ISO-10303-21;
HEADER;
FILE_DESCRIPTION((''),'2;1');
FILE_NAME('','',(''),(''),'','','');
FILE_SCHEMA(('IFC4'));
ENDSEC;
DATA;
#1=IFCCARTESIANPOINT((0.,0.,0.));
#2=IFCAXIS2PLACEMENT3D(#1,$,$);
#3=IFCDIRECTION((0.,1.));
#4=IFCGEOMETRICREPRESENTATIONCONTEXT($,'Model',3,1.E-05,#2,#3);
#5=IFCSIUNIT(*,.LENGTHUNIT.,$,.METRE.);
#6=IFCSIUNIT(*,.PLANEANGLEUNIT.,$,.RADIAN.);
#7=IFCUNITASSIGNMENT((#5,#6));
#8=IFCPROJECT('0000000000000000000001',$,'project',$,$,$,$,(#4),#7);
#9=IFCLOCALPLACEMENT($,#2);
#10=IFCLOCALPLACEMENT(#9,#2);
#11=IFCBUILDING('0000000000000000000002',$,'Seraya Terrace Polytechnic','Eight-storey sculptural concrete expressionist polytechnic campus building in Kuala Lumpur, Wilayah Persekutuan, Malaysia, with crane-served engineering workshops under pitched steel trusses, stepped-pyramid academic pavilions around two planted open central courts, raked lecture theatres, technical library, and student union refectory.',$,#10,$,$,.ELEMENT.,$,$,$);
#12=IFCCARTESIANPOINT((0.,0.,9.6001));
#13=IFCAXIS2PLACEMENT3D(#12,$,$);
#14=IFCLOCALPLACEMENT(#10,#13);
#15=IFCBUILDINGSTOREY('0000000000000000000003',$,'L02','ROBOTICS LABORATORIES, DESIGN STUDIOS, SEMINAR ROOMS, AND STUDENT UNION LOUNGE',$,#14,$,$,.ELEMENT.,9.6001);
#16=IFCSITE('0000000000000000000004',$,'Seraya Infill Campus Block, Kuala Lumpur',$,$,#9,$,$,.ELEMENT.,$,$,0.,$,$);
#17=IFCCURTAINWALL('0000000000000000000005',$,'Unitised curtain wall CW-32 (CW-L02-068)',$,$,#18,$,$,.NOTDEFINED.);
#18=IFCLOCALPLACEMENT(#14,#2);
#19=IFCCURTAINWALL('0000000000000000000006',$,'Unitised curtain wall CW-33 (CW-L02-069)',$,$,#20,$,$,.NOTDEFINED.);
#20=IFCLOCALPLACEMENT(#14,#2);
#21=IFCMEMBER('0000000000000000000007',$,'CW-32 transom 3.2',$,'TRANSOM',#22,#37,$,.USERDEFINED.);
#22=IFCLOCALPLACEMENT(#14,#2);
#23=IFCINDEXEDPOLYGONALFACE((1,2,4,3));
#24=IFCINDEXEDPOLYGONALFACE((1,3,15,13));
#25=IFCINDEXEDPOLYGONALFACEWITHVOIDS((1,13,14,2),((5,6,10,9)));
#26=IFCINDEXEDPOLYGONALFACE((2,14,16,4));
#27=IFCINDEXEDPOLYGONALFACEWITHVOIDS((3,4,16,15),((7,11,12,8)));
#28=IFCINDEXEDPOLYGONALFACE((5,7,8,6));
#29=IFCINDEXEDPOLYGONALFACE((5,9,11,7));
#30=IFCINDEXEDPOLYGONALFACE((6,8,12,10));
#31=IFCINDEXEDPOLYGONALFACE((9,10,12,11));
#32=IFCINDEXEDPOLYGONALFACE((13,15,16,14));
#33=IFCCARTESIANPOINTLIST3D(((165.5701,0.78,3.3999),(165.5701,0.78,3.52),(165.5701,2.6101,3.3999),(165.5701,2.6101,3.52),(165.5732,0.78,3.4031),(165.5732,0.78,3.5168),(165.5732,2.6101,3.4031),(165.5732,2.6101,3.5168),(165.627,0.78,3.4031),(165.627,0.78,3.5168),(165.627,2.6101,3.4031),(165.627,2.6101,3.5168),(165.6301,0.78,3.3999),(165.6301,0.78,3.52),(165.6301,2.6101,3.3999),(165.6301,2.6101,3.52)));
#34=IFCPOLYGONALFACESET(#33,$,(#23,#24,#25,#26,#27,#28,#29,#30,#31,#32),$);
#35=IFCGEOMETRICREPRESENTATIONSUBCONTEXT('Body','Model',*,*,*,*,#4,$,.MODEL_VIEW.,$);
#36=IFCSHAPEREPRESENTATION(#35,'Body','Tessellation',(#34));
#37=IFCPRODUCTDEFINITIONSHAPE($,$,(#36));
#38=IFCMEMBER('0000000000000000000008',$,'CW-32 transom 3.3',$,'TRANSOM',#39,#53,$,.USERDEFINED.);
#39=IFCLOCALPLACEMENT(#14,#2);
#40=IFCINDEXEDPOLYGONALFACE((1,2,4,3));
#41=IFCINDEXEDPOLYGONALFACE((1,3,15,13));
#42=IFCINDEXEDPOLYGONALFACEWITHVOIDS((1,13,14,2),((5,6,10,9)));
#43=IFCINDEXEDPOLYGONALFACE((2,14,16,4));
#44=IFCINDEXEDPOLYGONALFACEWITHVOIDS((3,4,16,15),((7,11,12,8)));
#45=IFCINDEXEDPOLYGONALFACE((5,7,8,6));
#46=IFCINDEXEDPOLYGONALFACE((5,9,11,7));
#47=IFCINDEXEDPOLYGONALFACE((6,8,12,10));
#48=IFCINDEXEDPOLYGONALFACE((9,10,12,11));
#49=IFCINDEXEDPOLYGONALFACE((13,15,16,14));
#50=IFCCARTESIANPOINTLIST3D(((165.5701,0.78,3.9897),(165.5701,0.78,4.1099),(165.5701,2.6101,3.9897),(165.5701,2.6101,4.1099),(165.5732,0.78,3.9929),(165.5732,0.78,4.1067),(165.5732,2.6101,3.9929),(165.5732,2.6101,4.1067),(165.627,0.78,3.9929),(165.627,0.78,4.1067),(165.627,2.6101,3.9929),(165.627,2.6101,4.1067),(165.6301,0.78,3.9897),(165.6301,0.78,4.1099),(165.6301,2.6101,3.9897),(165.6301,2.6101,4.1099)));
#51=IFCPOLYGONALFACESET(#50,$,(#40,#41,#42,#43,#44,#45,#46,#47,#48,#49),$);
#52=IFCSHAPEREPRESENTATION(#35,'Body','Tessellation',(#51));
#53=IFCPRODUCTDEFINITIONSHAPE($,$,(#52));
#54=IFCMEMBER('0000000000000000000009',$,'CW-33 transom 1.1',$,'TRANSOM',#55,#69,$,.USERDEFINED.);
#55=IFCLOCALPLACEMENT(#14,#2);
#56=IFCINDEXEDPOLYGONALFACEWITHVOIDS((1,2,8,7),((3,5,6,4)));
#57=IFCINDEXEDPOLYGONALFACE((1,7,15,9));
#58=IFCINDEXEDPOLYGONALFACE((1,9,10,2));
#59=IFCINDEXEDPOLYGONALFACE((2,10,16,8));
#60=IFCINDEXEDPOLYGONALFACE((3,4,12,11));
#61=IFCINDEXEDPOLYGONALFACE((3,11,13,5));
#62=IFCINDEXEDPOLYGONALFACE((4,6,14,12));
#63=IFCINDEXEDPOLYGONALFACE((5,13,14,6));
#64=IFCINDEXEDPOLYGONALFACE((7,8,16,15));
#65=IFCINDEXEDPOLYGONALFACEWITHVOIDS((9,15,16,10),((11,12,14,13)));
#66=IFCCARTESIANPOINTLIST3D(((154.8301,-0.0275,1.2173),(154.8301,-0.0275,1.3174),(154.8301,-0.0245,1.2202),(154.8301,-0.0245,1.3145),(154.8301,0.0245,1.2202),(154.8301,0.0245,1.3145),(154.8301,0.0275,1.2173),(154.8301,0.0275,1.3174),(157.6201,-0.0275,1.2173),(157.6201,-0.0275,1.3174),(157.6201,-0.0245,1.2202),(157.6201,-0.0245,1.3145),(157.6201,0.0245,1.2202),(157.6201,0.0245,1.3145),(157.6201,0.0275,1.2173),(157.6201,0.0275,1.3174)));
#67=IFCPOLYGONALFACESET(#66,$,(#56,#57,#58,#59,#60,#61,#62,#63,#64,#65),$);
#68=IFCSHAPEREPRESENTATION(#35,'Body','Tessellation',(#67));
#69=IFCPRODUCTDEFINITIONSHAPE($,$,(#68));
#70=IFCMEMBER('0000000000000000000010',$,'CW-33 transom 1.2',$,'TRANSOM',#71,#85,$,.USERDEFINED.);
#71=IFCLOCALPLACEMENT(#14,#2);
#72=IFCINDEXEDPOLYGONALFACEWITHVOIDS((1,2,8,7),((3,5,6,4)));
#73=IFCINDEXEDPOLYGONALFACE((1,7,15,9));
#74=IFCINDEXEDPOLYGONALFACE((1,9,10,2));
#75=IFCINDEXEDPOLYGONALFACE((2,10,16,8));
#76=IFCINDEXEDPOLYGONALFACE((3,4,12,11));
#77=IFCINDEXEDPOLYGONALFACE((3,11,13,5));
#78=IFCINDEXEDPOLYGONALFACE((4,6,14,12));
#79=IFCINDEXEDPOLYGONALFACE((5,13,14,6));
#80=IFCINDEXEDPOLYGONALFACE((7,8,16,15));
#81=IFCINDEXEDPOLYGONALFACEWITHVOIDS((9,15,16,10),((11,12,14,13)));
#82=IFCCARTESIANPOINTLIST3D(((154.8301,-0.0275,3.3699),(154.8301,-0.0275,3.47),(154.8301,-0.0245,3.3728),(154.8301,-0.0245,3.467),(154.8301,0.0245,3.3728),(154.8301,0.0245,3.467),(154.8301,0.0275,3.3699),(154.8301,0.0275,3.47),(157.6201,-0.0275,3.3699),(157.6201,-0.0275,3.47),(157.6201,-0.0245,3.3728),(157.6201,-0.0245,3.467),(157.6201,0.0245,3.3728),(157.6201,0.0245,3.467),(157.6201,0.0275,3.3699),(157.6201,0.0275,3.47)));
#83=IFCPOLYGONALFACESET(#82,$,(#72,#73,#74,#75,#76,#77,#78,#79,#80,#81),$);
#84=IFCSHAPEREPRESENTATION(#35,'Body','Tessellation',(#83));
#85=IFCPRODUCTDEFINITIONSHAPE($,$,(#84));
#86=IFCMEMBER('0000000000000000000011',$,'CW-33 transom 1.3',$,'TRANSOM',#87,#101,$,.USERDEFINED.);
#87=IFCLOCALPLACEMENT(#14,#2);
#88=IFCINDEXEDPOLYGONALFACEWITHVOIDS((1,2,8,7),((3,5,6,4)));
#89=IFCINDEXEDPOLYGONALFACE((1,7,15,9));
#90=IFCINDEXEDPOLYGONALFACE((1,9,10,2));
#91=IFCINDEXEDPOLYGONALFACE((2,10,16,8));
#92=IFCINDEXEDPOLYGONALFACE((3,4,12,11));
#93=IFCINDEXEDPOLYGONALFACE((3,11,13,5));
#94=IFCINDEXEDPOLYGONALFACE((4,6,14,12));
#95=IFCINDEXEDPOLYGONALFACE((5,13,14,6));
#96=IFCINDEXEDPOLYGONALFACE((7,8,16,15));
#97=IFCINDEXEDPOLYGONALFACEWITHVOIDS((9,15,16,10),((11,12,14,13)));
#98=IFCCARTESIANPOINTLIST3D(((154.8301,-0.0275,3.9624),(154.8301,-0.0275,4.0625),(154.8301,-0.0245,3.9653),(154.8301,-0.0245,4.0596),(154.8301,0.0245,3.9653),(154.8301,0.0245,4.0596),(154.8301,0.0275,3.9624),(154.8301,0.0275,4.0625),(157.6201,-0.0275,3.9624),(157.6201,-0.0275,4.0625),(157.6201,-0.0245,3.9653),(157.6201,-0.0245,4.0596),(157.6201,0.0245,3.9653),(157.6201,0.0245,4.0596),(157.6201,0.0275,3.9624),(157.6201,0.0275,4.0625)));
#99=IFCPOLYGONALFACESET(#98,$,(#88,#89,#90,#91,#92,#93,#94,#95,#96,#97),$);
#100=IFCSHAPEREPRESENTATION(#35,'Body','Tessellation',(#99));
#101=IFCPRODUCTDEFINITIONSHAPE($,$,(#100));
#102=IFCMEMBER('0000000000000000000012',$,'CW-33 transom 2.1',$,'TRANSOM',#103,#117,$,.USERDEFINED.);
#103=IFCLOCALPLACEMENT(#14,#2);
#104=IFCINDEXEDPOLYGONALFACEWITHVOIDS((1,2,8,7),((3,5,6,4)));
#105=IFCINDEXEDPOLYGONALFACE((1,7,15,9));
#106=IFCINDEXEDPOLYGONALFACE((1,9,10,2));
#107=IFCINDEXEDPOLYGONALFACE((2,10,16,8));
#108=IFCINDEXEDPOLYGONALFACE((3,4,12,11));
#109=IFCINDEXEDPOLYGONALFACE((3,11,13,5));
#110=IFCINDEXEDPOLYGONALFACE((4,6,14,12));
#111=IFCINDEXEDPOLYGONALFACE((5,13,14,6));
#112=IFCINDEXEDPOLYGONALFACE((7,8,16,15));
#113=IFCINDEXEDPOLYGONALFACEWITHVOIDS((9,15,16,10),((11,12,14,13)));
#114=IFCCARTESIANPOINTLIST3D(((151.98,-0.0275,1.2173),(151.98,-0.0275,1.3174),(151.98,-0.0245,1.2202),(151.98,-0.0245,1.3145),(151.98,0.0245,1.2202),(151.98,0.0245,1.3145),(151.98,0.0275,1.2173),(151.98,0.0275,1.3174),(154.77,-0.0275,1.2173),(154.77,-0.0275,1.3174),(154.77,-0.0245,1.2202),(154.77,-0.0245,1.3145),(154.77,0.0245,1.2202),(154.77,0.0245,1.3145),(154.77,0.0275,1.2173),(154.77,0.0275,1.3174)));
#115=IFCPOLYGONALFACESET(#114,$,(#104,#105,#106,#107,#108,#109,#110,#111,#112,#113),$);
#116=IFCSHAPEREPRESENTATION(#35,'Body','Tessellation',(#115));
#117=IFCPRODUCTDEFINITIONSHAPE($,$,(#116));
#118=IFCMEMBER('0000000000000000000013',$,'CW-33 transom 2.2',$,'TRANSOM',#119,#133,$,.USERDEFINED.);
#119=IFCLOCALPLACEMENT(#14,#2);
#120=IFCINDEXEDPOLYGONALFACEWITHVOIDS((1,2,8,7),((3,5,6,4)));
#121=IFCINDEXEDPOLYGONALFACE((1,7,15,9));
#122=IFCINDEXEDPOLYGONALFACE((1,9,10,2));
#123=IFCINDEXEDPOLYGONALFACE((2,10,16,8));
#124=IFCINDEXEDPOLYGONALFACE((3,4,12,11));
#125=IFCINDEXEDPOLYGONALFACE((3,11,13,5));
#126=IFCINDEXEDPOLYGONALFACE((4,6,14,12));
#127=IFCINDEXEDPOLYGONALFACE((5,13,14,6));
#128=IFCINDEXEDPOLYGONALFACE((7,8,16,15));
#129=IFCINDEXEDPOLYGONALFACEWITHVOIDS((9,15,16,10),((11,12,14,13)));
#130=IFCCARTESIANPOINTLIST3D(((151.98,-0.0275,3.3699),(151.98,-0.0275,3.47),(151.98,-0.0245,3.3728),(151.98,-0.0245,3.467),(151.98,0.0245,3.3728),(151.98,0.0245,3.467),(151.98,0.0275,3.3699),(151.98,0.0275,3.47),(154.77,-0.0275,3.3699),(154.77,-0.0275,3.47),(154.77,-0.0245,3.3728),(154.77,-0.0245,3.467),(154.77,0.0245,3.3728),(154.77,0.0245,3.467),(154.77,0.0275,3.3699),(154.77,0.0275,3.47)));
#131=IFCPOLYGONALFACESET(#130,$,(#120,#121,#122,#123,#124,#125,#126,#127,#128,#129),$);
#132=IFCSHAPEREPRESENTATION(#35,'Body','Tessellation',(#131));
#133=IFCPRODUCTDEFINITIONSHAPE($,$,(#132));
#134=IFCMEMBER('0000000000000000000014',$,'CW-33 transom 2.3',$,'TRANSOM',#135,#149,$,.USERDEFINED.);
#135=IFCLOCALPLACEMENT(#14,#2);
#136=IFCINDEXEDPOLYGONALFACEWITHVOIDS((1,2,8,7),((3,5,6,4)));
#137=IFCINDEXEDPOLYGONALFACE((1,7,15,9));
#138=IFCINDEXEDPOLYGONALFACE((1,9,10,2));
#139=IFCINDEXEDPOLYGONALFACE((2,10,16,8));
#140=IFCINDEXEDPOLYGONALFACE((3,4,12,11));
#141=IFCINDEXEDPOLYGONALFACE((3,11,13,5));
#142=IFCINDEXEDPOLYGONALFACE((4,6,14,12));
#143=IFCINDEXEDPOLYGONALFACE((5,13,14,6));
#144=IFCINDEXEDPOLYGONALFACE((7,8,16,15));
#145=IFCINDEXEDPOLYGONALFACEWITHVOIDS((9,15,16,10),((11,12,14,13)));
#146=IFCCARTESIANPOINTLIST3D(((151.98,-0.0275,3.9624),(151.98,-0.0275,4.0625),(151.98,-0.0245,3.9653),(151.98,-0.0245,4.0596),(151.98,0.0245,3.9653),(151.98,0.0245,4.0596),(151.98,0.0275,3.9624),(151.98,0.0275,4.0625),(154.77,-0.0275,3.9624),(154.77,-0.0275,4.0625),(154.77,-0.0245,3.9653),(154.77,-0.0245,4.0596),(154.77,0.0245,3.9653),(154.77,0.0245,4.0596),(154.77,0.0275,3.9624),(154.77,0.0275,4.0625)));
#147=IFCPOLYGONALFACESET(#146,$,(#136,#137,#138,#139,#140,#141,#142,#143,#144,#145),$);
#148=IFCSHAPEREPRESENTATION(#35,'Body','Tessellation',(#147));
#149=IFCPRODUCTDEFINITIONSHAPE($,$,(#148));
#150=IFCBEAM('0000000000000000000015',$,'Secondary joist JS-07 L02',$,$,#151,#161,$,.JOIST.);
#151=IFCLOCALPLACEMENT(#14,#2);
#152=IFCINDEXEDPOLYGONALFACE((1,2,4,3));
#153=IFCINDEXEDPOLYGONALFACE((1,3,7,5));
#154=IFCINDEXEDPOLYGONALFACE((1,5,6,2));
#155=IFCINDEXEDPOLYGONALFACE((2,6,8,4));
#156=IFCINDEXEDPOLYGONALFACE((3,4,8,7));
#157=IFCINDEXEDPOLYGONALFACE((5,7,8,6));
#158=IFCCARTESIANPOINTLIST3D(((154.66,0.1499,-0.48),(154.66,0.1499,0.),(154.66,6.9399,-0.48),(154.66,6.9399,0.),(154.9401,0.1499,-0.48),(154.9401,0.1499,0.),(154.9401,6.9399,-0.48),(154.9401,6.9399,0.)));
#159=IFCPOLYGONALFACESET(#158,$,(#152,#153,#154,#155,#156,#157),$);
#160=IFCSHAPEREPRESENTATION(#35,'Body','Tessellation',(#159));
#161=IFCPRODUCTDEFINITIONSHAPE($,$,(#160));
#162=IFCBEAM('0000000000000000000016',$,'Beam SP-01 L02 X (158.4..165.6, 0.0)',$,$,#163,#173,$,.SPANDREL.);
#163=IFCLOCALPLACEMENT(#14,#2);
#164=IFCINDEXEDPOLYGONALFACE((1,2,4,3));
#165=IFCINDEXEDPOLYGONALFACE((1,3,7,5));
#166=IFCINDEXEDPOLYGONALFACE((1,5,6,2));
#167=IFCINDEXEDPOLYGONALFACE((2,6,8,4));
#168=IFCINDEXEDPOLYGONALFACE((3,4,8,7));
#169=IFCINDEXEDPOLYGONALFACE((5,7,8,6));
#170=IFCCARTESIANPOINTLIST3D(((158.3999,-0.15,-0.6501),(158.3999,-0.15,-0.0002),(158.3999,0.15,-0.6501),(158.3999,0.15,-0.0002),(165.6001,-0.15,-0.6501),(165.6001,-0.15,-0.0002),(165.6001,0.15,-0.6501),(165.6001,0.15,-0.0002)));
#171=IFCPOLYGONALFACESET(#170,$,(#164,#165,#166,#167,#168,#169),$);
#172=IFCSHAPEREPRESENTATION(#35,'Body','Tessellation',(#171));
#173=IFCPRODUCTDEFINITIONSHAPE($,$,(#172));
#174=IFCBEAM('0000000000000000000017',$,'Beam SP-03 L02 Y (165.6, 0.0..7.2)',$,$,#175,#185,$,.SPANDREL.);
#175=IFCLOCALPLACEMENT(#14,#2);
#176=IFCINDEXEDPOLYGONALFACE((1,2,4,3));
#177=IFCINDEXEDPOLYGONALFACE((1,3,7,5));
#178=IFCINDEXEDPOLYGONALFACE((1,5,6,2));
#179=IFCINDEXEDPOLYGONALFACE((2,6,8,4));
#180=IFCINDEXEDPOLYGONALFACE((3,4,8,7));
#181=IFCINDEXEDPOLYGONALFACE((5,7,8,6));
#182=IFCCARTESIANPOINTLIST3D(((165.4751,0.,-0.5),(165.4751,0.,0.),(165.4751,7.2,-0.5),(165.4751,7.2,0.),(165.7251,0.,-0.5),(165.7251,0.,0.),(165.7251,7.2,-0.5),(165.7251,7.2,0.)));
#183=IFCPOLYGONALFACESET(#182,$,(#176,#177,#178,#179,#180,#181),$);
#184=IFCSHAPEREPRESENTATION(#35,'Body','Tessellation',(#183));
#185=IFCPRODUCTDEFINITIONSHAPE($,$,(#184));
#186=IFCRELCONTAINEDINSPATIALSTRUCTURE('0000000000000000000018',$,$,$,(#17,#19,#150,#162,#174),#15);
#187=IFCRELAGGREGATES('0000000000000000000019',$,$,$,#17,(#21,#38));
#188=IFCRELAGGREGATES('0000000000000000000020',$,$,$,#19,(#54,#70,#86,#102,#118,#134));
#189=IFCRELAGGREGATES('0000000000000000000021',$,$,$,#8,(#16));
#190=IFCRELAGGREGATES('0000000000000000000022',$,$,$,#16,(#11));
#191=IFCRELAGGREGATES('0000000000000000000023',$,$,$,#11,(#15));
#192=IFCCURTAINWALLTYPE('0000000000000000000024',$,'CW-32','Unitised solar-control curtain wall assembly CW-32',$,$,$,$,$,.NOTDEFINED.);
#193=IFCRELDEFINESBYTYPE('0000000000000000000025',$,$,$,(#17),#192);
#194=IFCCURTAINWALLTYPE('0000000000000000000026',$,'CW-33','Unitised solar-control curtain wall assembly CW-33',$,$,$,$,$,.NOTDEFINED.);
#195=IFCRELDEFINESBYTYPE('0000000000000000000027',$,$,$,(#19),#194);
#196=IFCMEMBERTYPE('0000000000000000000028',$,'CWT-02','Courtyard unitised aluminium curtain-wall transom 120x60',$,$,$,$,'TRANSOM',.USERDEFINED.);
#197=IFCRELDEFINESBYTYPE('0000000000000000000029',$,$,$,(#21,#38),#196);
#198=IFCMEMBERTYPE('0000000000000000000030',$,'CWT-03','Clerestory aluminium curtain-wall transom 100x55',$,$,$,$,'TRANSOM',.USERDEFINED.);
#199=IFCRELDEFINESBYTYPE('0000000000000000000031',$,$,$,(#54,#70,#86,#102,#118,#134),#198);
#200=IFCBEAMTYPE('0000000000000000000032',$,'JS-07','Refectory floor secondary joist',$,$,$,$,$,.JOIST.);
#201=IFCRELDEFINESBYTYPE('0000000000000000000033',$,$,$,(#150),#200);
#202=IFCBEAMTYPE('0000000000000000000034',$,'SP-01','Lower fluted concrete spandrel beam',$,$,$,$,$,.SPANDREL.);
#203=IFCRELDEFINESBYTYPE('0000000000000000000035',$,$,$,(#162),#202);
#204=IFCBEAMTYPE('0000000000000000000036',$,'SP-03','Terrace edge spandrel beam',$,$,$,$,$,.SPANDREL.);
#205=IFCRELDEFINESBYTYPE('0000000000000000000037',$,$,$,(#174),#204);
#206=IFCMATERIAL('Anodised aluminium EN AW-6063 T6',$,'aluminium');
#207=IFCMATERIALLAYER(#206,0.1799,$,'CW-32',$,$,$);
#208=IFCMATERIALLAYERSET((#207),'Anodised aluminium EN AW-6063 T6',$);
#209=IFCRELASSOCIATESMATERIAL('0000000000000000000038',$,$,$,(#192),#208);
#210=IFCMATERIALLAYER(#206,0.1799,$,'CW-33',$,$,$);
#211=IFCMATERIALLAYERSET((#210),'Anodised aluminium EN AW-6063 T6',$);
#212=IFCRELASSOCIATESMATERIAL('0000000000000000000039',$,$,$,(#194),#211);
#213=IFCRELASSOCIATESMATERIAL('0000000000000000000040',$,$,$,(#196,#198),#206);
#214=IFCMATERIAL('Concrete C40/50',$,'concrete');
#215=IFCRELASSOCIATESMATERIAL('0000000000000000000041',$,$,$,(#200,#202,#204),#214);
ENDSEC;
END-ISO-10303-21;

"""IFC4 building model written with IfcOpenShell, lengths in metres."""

from ifc_helpers import new_model, si_unit, direction, frame, origin, origin_2d, place, context, subcontext, project, spatial, rectangle, hollow_rectangle, extrude, material, layer, layer_set, material_profile, profile_set, type_object, element, aggregate, save


model = new_model("IFC4")

# Units and contexts
model_context = context("Model", 3, precision=1e-05, world=origin(), true_north=direction((0.0, 1.0)))
body_context = subcontext(model_context, "Body", "Model", "MODEL_VIEW")
ifc_project = project(units=[si_unit("LENGTHUNIT", "METRE"), si_unit("PLANEANGLEUNIT", "RADIAN")], contexts=[model_context])

# Site, building, storey
site_placement = place(None, origin())
site = spatial("IfcSite", under=ifc_project, at=site_placement, Name="Seraya Infill Campus Block, Kuala Lumpur", CompositionType="ELEMENT", RefElevation=0.0)
building_placement = place(site_placement, origin())
building = spatial("IfcBuilding", under=site, at=building_placement, Name="Seraya Terrace Polytechnic", Description="Eight-storey sculptural concrete expressionist polytechnic campus building in Kuala Lumpur, Wilayah Persekutuan, Malaysia, with crane-served engineering workshops under pitched steel trusses, stepped-pyramid academic pavilions around two planted open central courts, raked lecture theatres, technical library, and student union refectory.", CompositionType="ELEMENT")
storey_placement = place(building_placement, frame((0.0, 0.0, 9.6001)))
storey = spatial("IfcBuildingStorey", under=building, at=storey_placement, Name="L02", Description="ROBOTICS LABORATORIES, DESIGN STUDIOS, SEMINAR ROOMS, AND STUDENT UNION LOUNGE", CompositionType="ELEMENT", Elevation=9.6001)

# Shared definitions
ifc_material_1 = material(Name="Concrete C40/50", Category="concrete")

# Curtain walls
ifc_material_2 = material(Name="Anodised aluminium EN AW-6063 T6", Category="aluminium")
ifc_layer_1 = layer(ifc_material_2, 0.1799, Name="CW-32")
ifc_layer_set_1 = layer_set([ifc_layer_1], Name="Anodised aluminium EN AW-6063 T6")
curtain_wall_type_1 = type_object("IfcCurtainWallType", Name="CW-32", Description="Unitised solar-control curtain wall assembly CW-32", PredefinedType="NOTDEFINED", material=ifc_layer_set_1)
curtain_wall_1_placement = place(storey_placement, origin())
curtain_wall_1 = element("IfcCurtainWall", 1, at=curtain_wall_1_placement, inside=storey, type_object=curtain_wall_type_1, Name="Unitised curtain wall CW-32 (CW-L02-068)", PredefinedType="NOTDEFINED")
ifc_layer_2 = layer(ifc_material_2, 0.1799, Name="CW-33")
ifc_layer_set_2 = layer_set([ifc_layer_2], Name="Anodised aluminium EN AW-6063 T6")
curtain_wall_type_2 = type_object("IfcCurtainWallType", Name="CW-33", Description="Unitised solar-control curtain wall assembly CW-33", PredefinedType="NOTDEFINED", material=ifc_layer_set_2)
curtain_wall_2_placement = place(storey_placement, origin())
curtain_wall_2 = element("IfcCurtainWall", 2, at=curtain_wall_2_placement, inside=storey, type_object=curtain_wall_type_2, Name="Unitised curtain wall CW-33 (CW-L02-069)", PredefinedType="NOTDEFINED")

# Members
ifc_material_profile_1 = material_profile(ifc_material_2, hollow_rectangle(XDim=0.0601, YDim=0.1201, WallThickness=0.0032, at=origin_2d()), Name="RHS 120x60x3.2")
ifc_profile_set_1 = profile_set([ifc_material_profile_1], Name="Anodised aluminium EN AW-6063 T6")
member_type_1 = type_object("IfcMemberType", Name="CWT-02", Description="Courtyard unitised aluminium curtain-wall transom 120x60", ElementType="TRANSOM", PredefinedType="USERDEFINED", material=ifc_profile_set_1)
member_1_placement = place(storey_placement, frame((165.6001, 2.6101, 3.46), z_axis=(0.0, -1.0, 0.0), x_axis=(1.0, 0.0, 0.0)))
member_1 = element("IfcMember", 3, at=member_1_placement, type_object=member_type_1, Name="CW-32 transom 3.2", ObjectType="TRANSOM", PredefinedType="USERDEFINED", context=body_context, shape_type="SweptSolid", body=[
    extrude(hollow_rectangle(XDim=0.0601, YDim=0.1201, WallThickness=0.0032, at=origin_2d()), origin(), (0.0, 0.0, 1.0), 1.8301),
])
member_2_placement = place(storey_placement, frame((165.6001, 2.6101, 4.0498), z_axis=(0.0, -1.0, 0.0), x_axis=(1.0, 0.0, 0.0)))
member_2 = element("IfcMember", 4, at=member_2_placement, type_object=member_type_1, Name="CW-32 transom 3.3", ObjectType="TRANSOM", PredefinedType="USERDEFINED", context=body_context, shape_type="SweptSolid", body=[
    extrude(hollow_rectangle(XDim=0.0601, YDim=0.1201, WallThickness=0.0032, at=origin_2d()), origin(), (0.0, 0.0, 1.0), 1.8301),
])
ifc_material_profile_2 = material_profile(ifc_material_2, hollow_rectangle(XDim=0.0549, YDim=0.1001, WallThickness=0.0029, at=origin_2d()), Name="RHS 100x55x3.0")
ifc_profile_set_2 = profile_set([ifc_material_profile_2], Name="Anodised aluminium EN AW-6063 T6")
member_type_2 = type_object("IfcMemberType", Name="CWT-03", Description="Clerestory aluminium curtain-wall transom 100x55", ElementType="TRANSOM", PredefinedType="USERDEFINED", material=ifc_profile_set_2)
member_3_placement = place(storey_placement, frame((157.6201, 0.0, 1.2673), z_axis=(-1.0, 0.0, 0.0), x_axis=(0.0, -1.0, 0.0)))
member_3 = element("IfcMember", 5, at=member_3_placement, type_object=member_type_2, Name="CW-33 transom 1.1", ObjectType="TRANSOM", PredefinedType="USERDEFINED", context=body_context, shape_type="SweptSolid", body=[
    extrude(hollow_rectangle(XDim=0.0549, YDim=0.1001, WallThickness=0.0029, at=origin_2d()), origin(), (0.0, 0.0, 1.0), 2.79),
])
member_4_placement = place(storey_placement, frame((157.6201, 0.0, 3.4199), z_axis=(-1.0, 0.0, 0.0), x_axis=(0.0, -1.0, 0.0)))
member_4 = element("IfcMember", 6, at=member_4_placement, type_object=member_type_2, Name="CW-33 transom 1.2", ObjectType="TRANSOM", PredefinedType="USERDEFINED", context=body_context, shape_type="SweptSolid", body=[
    extrude(hollow_rectangle(XDim=0.0549, YDim=0.1001, WallThickness=0.0029, at=origin_2d()), origin(), (0.0, 0.0, 1.0), 2.79),
])
member_5_placement = place(storey_placement, frame((157.6201, 0.0, 4.0125), z_axis=(-1.0, 0.0, 0.0), x_axis=(0.0, -1.0, 0.0)))
member_5 = element("IfcMember", 7, at=member_5_placement, type_object=member_type_2, Name="CW-33 transom 1.3", ObjectType="TRANSOM", PredefinedType="USERDEFINED", context=body_context, shape_type="SweptSolid", body=[
    extrude(hollow_rectangle(XDim=0.0549, YDim=0.1001, WallThickness=0.0029, at=origin_2d()), origin(), (0.0, 0.0, 1.0), 2.79),
])
member_6_placement = place(storey_placement, frame((154.77, 0.0, 1.2673), z_axis=(-1.0, 0.0, 0.0), x_axis=(0.0, -1.0, 0.0)))
member_6 = element("IfcMember", 8, at=member_6_placement, type_object=member_type_2, Name="CW-33 transom 2.1", ObjectType="TRANSOM", PredefinedType="USERDEFINED", context=body_context, shape_type="SweptSolid", body=[
    extrude(hollow_rectangle(XDim=0.0549, YDim=0.1001, WallThickness=0.0029, at=origin_2d()), origin(), (0.0, 0.0, 1.0), 2.79),
])
member_7_placement = place(storey_placement, frame((154.77, 0.0, 3.4199), z_axis=(-1.0, 0.0, 0.0), x_axis=(0.0, -1.0, 0.0)))
member_7 = element("IfcMember", 9, at=member_7_placement, type_object=member_type_2, Name="CW-33 transom 2.2", ObjectType="TRANSOM", PredefinedType="USERDEFINED", context=body_context, shape_type="SweptSolid", body=[
    extrude(hollow_rectangle(XDim=0.0549, YDim=0.1001, WallThickness=0.0029, at=origin_2d()), origin(), (0.0, 0.0, 1.0), 2.79),
])
member_8_placement = place(storey_placement, frame((154.77, 0.0, 4.0125), z_axis=(-1.0, 0.0, 0.0), x_axis=(0.0, -1.0, 0.0)))
member_8 = element("IfcMember", 10, at=member_8_placement, type_object=member_type_2, Name="CW-33 transom 2.3", ObjectType="TRANSOM", PredefinedType="USERDEFINED", context=body_context, shape_type="SweptSolid", body=[
    extrude(hollow_rectangle(XDim=0.0549, YDim=0.1001, WallThickness=0.0029, at=origin_2d()), origin(), (0.0, 0.0, 1.0), 2.79),
])

# Beams
ifc_material_profile_3 = material_profile(ifc_material_1, rectangle(XDim=0.28, YDim=0.48, at=origin_2d()), Name="RC 280x480")
ifc_profile_set_3 = profile_set([ifc_material_profile_3], Name="Concrete C40/50")
beam_type_1 = type_object("IfcBeamType", Name="JS-07", Description="Refectory floor secondary joist", PredefinedType="JOIST", material=ifc_profile_set_3)
beam_1_placement = place(storey_placement, frame((154.8, 0.1499, -0.24), z_axis=(0.0, 1.0, 0.0), x_axis=(-1.0, 0.0, 0.0)))
element("IfcBeam", 11, at=beam_1_placement, inside=storey, type_object=beam_type_1, Name="Secondary joist JS-07 L02", PredefinedType="JOIST", context=body_context, shape_type="SweptSolid", body=[
    extrude(rectangle(XDim=0.28, YDim=0.48, at=origin_2d()), origin(), (0.0, 0.0, 1.0), 6.79),
])
ifc_material_profile_4 = material_profile(ifc_material_1, rectangle(XDim=0.3, YDim=0.6499, at=origin_2d()), Name="RC 300x650")
ifc_profile_set_4 = profile_set([ifc_material_profile_4], Name="Concrete C40/50")
beam_type_2 = type_object("IfcBeamType", Name="SP-01", Description="Lower fluted concrete spandrel beam", PredefinedType="SPANDREL", material=ifc_profile_set_4)
beam_2_placement = place(storey_placement, frame((158.3999, 0.0, -0.3252), z_axis=(1.0, 0.0, 0.0), x_axis=(0.0, 1.0, 0.0)))
element("IfcBeam", 12, at=beam_2_placement, inside=storey, type_object=beam_type_2, Name="Beam SP-01 L02 X (158.4..165.6, 0.0)", PredefinedType="SPANDREL", context=body_context, shape_type="SweptSolid", body=[
    extrude(rectangle(XDim=0.3, YDim=0.6499, at=origin_2d()), origin(), (0.0, 0.0, 1.0), 7.2002),
])
ifc_material_profile_5 = material_profile(ifc_material_1, rectangle(XDim=0.25, YDim=0.5, at=origin_2d()), Name="RC 250x500")
ifc_profile_set_5 = profile_set([ifc_material_profile_5], Name="Concrete C40/50")
beam_type_3 = type_object("IfcBeamType", Name="SP-03", Description="Terrace edge spandrel beam", PredefinedType="SPANDREL", material=ifc_profile_set_5)
beam_3_placement = place(storey_placement, frame((165.6001, 0.0, -0.25), z_axis=(0.0, 1.0, 0.0), x_axis=(-1.0, 0.0, 0.0)))
element("IfcBeam", 13, at=beam_3_placement, inside=storey, type_object=beam_type_3, Name="Beam SP-03 L02 Y (165.6, 0.0..7.2)", PredefinedType="SPANDREL", context=body_context, shape_type="SweptSolid", body=[
    extrude(rectangle(XDim=0.25, YDim=0.5, at=origin_2d()), origin(), (0.0, 0.0, 1.0), 7.2),
])

aggregate(curtain_wall_1, [member_1, member_2])
aggregate(curtain_wall_2, [member_3, member_4, member_5, member_6, member_7, member_8])

save(model, "model.ifc")
